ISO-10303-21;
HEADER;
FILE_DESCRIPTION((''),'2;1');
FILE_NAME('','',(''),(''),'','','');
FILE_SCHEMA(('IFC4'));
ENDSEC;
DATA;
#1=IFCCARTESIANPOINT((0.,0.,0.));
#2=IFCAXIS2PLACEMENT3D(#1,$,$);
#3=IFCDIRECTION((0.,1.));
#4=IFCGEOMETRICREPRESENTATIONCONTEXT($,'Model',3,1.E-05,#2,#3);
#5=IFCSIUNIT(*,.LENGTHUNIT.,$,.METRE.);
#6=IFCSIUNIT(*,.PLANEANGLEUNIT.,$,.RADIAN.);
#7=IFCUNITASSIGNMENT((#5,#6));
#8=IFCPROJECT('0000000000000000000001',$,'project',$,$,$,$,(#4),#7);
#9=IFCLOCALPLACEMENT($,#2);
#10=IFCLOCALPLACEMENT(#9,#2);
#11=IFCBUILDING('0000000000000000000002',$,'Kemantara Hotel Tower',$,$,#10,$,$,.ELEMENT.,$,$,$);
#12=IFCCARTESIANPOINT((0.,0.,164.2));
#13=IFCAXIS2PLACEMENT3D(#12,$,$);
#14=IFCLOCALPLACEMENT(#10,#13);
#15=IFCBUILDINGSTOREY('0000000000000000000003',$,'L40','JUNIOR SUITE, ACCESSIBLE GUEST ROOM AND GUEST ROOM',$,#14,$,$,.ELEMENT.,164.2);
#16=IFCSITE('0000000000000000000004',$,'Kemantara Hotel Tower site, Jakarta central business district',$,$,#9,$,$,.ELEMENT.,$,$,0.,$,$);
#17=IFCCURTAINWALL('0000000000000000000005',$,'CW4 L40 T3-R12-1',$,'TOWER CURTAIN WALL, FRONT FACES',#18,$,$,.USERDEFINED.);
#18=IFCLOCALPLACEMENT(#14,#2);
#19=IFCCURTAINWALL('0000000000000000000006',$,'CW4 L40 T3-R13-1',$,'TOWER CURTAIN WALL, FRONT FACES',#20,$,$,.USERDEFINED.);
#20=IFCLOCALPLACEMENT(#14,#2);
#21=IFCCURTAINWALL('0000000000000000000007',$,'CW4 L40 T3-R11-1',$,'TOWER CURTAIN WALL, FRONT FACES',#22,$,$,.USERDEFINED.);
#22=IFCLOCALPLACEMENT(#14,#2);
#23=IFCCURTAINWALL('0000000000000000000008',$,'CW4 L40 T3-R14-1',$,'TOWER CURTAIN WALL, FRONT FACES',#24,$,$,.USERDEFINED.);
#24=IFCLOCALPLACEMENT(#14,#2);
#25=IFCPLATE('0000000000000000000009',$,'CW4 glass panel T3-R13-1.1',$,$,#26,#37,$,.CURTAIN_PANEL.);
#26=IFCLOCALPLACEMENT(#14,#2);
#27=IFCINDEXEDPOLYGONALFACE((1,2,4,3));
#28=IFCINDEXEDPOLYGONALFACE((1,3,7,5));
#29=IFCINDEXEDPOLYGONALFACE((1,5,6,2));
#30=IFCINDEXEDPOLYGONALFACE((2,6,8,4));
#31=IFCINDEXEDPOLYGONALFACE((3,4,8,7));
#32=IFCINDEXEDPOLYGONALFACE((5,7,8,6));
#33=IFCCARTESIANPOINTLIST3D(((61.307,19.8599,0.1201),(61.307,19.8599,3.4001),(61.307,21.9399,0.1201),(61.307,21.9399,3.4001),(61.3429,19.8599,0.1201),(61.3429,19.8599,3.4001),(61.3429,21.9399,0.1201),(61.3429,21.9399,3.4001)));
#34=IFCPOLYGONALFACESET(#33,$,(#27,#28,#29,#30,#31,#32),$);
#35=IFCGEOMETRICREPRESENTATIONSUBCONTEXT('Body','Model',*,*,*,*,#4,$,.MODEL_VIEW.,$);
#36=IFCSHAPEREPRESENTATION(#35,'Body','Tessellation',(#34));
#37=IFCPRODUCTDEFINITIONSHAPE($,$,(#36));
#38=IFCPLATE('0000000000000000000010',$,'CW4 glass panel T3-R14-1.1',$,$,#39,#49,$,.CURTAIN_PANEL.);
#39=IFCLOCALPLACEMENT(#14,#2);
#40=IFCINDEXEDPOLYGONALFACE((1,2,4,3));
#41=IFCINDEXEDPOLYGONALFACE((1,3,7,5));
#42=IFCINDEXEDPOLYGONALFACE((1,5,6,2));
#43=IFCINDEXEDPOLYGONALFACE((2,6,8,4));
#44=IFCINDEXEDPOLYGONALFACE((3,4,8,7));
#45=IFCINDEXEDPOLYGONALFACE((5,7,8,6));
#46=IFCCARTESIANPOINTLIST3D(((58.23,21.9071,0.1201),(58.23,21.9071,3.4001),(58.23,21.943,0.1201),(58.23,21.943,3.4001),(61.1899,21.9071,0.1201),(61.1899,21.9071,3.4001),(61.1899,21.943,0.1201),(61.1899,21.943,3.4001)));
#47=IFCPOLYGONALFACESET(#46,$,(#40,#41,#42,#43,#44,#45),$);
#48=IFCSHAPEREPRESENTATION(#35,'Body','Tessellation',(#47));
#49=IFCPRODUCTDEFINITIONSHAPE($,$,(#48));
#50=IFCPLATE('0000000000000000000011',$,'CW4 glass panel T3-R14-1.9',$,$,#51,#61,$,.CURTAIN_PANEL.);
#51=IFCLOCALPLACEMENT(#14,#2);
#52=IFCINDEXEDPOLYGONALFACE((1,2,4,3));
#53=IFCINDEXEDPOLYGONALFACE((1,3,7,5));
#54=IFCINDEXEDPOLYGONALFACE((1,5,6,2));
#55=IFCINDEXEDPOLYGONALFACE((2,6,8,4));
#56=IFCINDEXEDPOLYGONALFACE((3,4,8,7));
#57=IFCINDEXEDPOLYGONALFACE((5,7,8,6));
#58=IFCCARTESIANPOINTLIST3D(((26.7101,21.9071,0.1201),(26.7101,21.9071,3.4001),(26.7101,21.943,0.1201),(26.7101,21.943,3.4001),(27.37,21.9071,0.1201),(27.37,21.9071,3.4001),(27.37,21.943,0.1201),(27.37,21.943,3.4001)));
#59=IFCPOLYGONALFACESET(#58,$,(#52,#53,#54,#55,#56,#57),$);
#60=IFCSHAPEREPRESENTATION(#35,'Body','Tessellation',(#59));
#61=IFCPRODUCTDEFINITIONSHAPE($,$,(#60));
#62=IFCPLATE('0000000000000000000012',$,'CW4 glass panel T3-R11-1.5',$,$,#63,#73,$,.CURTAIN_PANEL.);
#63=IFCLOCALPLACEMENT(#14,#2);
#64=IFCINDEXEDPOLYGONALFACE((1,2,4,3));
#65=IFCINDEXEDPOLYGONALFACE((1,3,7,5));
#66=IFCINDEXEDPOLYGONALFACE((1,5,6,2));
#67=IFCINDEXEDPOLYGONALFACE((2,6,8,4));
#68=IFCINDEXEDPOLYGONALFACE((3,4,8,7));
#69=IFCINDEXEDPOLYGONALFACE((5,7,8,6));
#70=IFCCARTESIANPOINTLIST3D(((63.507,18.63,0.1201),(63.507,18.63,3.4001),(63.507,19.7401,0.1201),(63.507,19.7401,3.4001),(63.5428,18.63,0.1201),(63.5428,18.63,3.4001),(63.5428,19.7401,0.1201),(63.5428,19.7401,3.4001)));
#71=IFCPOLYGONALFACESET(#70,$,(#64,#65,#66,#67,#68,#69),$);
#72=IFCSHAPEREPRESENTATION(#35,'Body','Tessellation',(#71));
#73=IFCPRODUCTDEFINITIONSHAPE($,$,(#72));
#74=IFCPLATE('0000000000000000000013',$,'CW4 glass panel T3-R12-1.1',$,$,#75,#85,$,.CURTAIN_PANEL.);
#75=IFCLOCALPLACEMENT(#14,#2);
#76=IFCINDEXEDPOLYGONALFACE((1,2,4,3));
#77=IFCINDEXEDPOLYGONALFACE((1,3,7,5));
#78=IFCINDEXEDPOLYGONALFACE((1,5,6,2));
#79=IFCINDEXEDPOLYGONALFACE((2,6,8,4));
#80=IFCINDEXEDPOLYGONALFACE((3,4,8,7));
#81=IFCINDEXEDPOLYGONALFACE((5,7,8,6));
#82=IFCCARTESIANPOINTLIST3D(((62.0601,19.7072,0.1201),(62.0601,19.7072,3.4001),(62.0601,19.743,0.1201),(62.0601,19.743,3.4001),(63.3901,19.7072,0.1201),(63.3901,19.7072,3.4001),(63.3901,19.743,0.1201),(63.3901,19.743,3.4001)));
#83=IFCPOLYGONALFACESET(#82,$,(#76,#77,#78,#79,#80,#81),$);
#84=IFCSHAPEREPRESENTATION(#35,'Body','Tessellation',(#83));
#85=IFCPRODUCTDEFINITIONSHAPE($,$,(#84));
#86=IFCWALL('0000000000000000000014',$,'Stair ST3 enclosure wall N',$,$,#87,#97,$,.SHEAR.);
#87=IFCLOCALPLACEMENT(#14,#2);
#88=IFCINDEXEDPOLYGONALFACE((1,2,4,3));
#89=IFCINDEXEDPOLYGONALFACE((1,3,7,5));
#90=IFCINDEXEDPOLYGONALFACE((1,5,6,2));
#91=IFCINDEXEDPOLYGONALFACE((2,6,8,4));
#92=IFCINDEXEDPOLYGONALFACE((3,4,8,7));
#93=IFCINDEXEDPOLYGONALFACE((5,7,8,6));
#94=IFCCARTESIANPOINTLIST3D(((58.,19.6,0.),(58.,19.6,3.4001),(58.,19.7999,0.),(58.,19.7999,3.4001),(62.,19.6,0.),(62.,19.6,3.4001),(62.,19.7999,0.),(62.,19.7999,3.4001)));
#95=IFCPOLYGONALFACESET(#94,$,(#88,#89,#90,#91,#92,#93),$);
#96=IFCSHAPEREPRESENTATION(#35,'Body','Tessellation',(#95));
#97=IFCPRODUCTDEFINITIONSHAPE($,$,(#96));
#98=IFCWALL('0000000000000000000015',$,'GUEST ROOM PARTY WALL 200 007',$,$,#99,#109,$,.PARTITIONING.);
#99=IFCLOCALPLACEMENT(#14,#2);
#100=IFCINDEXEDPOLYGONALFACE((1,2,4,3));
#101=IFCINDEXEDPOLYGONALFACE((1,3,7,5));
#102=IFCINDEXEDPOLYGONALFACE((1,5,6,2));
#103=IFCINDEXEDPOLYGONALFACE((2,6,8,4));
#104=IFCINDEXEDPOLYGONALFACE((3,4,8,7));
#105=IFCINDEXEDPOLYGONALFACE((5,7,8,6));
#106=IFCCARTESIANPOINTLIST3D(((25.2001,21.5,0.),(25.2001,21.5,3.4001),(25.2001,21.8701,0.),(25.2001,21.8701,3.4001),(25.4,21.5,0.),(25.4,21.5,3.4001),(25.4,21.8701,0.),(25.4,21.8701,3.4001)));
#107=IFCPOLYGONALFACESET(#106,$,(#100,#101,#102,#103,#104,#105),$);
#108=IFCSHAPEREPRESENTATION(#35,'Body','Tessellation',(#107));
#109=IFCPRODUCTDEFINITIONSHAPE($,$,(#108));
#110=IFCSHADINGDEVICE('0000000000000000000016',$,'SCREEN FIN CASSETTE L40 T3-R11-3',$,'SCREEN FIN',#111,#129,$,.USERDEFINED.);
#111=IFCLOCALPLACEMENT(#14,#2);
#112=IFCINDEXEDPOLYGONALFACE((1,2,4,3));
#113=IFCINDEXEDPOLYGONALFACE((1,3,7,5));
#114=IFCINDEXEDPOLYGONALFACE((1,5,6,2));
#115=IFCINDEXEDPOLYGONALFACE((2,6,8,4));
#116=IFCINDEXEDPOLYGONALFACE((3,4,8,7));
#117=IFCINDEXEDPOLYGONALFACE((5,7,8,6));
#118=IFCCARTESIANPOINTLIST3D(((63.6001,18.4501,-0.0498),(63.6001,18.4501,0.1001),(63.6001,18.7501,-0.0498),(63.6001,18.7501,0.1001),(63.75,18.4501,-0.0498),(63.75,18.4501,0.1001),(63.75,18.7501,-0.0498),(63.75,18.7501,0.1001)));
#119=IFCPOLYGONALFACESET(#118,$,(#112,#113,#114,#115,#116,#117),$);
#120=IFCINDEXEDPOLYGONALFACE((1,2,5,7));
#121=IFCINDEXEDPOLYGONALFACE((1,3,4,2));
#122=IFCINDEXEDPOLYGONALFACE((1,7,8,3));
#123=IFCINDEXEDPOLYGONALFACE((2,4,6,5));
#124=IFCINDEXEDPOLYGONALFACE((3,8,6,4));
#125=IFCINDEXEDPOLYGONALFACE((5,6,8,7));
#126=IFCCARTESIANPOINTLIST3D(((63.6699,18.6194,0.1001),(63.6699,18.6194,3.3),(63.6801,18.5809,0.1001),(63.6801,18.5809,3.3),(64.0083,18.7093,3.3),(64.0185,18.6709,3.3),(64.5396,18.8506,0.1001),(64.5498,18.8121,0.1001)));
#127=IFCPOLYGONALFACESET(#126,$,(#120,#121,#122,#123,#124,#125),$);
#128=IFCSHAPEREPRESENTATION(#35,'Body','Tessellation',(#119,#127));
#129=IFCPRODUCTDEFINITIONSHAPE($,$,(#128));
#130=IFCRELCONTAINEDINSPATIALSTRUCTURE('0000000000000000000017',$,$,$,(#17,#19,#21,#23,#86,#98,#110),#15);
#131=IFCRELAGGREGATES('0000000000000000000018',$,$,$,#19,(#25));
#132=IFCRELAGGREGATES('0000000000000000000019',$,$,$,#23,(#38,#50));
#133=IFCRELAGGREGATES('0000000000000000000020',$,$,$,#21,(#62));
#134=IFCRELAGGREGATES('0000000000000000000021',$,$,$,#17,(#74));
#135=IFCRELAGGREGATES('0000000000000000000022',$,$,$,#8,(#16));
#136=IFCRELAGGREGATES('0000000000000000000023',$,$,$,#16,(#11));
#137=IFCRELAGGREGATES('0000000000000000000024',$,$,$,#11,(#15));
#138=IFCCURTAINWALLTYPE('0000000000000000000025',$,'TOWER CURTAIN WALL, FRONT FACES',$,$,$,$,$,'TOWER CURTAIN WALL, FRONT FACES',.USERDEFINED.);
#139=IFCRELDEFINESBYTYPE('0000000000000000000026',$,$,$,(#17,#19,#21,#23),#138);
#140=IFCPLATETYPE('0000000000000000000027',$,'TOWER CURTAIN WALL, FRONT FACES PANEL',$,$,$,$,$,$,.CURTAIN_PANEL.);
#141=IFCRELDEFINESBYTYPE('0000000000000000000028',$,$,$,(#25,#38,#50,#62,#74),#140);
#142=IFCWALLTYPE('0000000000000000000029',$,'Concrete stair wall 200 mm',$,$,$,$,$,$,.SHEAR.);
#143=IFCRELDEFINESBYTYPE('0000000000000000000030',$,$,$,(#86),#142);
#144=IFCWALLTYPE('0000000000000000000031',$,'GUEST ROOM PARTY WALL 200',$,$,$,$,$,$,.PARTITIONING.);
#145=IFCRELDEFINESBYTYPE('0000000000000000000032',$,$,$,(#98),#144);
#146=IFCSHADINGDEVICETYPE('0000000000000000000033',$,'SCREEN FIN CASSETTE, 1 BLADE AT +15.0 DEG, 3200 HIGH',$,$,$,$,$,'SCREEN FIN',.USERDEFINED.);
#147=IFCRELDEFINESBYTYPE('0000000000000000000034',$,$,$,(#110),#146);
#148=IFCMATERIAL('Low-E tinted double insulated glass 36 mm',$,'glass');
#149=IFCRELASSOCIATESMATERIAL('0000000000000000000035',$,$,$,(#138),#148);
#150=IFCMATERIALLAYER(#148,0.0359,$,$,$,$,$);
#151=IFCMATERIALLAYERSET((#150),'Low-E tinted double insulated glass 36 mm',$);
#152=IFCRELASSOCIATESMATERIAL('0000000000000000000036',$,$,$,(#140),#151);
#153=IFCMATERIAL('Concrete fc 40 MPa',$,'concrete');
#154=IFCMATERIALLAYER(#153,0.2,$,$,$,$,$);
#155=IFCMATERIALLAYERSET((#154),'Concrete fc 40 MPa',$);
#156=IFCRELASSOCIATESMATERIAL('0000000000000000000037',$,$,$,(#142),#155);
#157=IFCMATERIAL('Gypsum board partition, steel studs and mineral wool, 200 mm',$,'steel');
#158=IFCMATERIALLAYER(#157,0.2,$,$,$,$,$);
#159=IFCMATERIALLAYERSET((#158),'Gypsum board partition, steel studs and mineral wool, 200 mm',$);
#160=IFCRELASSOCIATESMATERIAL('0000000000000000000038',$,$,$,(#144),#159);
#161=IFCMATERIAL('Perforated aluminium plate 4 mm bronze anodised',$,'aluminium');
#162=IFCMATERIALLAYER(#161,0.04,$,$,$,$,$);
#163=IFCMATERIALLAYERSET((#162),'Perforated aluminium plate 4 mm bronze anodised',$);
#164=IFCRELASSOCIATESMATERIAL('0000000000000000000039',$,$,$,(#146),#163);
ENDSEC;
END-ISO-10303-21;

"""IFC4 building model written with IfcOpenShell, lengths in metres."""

from ifc_helpers import new_model, si_unit, direction, frame, frame_2d, origin, origin_2d, place, context, subcontext, project, spatial, polyline, rectangle, outline, extrude, source, transform, mapped, material, layer, layer_set, type_object, element, aggregate, save


model = new_model("IFC4")

# Units and contexts
model_context = context("Model", 3, precision=1e-05, world=origin(), true_north=direction((0.0, 1.0)))
body_context = subcontext(model_context, "Body", "Model", "MODEL_VIEW")
ifc_project = project(units=[si_unit("LENGTHUNIT", "METRE"), si_unit("PLANEANGLEUNIT", "RADIAN")], contexts=[model_context])

# Site, building, storey
site_placement = place(None, origin())
site = spatial("IfcSite", under=ifc_project, at=site_placement, Name="Kemantara Hotel Tower site, Jakarta central business district", CompositionType="ELEMENT", RefElevation=0.0)
building_placement = place(site_placement, origin())
building = spatial("IfcBuilding", under=site, at=building_placement, Name="Kemantara Hotel Tower", CompositionType="ELEMENT")
storey_placement = place(building_placement, frame((0.0, 0.0, 164.2)))
storey = spatial("IfcBuildingStorey", under=building, at=storey_placement, Name="L40", Description="JUNIOR SUITE, ACCESSIBLE GUEST ROOM AND GUEST ROOM", CompositionType="ELEMENT", Elevation=164.2)

# Curtain walls
ifc_material_1 = material(Name="Low-E tinted double insulated glass 36 mm", Category="glass")
curtain_wall_type = type_object("IfcCurtainWallType", Name="TOWER CURTAIN WALL, FRONT FACES", ElementType="TOWER CURTAIN WALL, FRONT FACES", PredefinedType="USERDEFINED", material=ifc_material_1)
curtain_wall_1_placement = place(storey_placement, origin())
curtain_wall_1 = element("IfcCurtainWall", 1, at=curtain_wall_1_placement, inside=storey, type_object=curtain_wall_type, Name="CW4 L40 T3-R12-1", ObjectType="TOWER CURTAIN WALL, FRONT FACES", PredefinedType="USERDEFINED")
curtain_wall_2_placement = place(storey_placement, origin())
curtain_wall_2 = element("IfcCurtainWall", 2, at=curtain_wall_2_placement, inside=storey, type_object=curtain_wall_type, Name="CW4 L40 T3-R13-1", ObjectType="TOWER CURTAIN WALL, FRONT FACES", PredefinedType="USERDEFINED")

# Curtain walls
curtain_wall_3_placement = place(storey_placement, origin())
curtain_wall_3 = element("IfcCurtainWall", 3, at=curtain_wall_3_placement, inside=storey, type_object=curtain_wall_type, Name="CW4 L40 T3-R11-1", ObjectType="TOWER CURTAIN WALL, FRONT FACES", PredefinedType="USERDEFINED")
curtain_wall_4_placement = place(storey_placement, origin())
curtain_wall_4 = element("IfcCurtainWall", 4, at=curtain_wall_4_placement, inside=storey, type_object=curtain_wall_type, Name="CW4 L40 T3-R14-1", ObjectType="TOWER CURTAIN WALL, FRONT FACES", PredefinedType="USERDEFINED")

# Plates
ifc_layer_1 = layer(ifc_material_1, 0.0359)
ifc_layer_set_1 = layer_set([ifc_layer_1], Name="Low-E tinted double insulated glass 36 mm")
plate_type = type_object("IfcPlateType", Name="TOWER CURTAIN WALL, FRONT FACES PANEL", PredefinedType="CURTAIN_PANEL", material=ifc_layer_set_1)
shared_shape_1 = source(origin(), body_context, "Body", "SweptSolid", [
    extrude(rectangle(XDim=2.0801, YDim=0.0359, at=origin_2d()), origin(), (0.0, 0.0, 1.0), 3.28),
])
plate_1_placement = place(storey_placement, frame((61.325, 20.8999, 0.1201), z_axis=(0.0, 0.0, 1.0), x_axis=(0.0, 1.0, 0.0)))
plate_1 = element("IfcPlate", 5, at=plate_1_placement, type_object=plate_type, Name="CW4 glass panel T3-R13-1.1", PredefinedType="CURTAIN_PANEL", context=body_context, shape_type="MappedRepresentation", body=[
    mapped(shared_shape_1, transform((0.0, 0.0, 0.0))),
])
aggregate(curtain_wall_2, [plate_1])
shared_shape_2 = source(origin(), body_context, "Body", "SweptSolid", [
    extrude(rectangle(XDim=2.96, YDim=0.0359, at=origin_2d()), origin(), (0.0, 0.0, 1.0), 3.28),
])
plate_2_placement = place(storey_placement, frame((59.71, 21.925, 0.1201), z_axis=(0.0, 0.0, 1.0), x_axis=(-1.0, 0.0, 0.0)))
plate_2 = element("IfcPlate", 6, at=plate_2_placement, type_object=plate_type, Name="CW4 glass panel T3-R14-1.1", PredefinedType="CURTAIN_PANEL", context=body_context, shape_type="MappedRepresentation", body=[
    mapped(shared_shape_2, transform((0.0, 0.0, 0.0))),
])
shared_shape_3 = source(origin(), body_context, "Body", "SweptSolid", [
    extrude(rectangle(XDim=0.6599, YDim=0.0359, at=origin_2d()), origin(), (0.0, 0.0, 1.0), 3.28),
])
plate_3_placement = place(storey_placement, frame((27.04, 21.925, 0.1201), z_axis=(0.0, 0.0, 1.0), x_axis=(-1.0, 0.0, 0.0)))
plate_3 = element("IfcPlate", 7, at=plate_3_placement, type_object=plate_type, Name="CW4 glass panel T3-R14-1.9", PredefinedType="CURTAIN_PANEL", context=body_context, shape_type="MappedRepresentation", body=[
    mapped(shared_shape_3, transform((0.0, 0.0, 0.0))),
])
aggregate(curtain_wall_4, [plate_2, plate_3])
shared_shape_4 = source(origin(), body_context, "Body", "SweptSolid", [
    extrude(rectangle(XDim=1.1101, YDim=0.0359, at=origin_2d()), origin(), (0.0, 0.0, 1.0), 3.28),
])
plate_4_placement = place(storey_placement, frame((63.5249, 19.1851, 0.1201), z_axis=(0.0, 0.0, 1.0), x_axis=(0.0, 1.0, 0.0)))
plate_4 = element("IfcPlate", 8, at=plate_4_placement, type_object=plate_type, Name="CW4 glass panel T3-R11-1.5", PredefinedType="CURTAIN_PANEL", context=body_context, shape_type="MappedRepresentation", body=[
    mapped(shared_shape_4, transform((0.0, 0.0, 0.0))),
])
aggregate(curtain_wall_3, [plate_4])
shared_shape_5 = source(origin(), body_context, "Body", "SweptSolid", [
    extrude(rectangle(XDim=1.3301, YDim=0.0359, at=origin_2d()), origin(), (0.0, 0.0, 1.0), 3.28),
])
plate_5_placement = place(storey_placement, frame((62.7251, 19.7251, 0.1201), z_axis=(0.0, 0.0, 1.0), x_axis=(-1.0, 0.0, 0.0)))
plate_5 = element("IfcPlate", 9, at=plate_5_placement, type_object=plate_type, Name="CW4 glass panel T3-R12-1.1", PredefinedType="CURTAIN_PANEL", context=body_context, shape_type="MappedRepresentation", body=[
    mapped(shared_shape_5, transform((0.0, 0.0, 0.0))),
])
aggregate(curtain_wall_1, [plate_5])

# Walls
ifc_material_2 = material(Name="Concrete fc 40 MPa", Category="concrete")
ifc_layer_2 = layer(ifc_material_2, 0.2)
ifc_layer_set_2 = layer_set([ifc_layer_2], Name="Concrete fc 40 MPa")
wall_type_1 = type_object("IfcWallType", Name="Concrete stair wall 200 mm", PredefinedType="SHEAR", material=ifc_layer_set_2)
wall_1_placement = place(storey_placement, frame((58.0, 19.7, 0.0), z_axis=(0.0, 0.0, 1.0), x_axis=(1.0, 0.0, 0.0)))
element("IfcWall", 10, at=wall_1_placement, inside=storey, type_object=wall_type_1, Name="Stair ST3 enclosure wall N", PredefinedType="SHEAR", context=body_context, shape_type="SweptSolid", body=[
    extrude(rectangle(XDim=4.0, YDim=0.2, at=frame_2d((2.0, 0.0))), origin(), (0.0, 0.0, 1.0), 3.4001),
])
ifc_material_3 = material(Name="Gypsum board partition, steel studs and mineral wool, 200 mm", Category="steel")
ifc_layer_3 = layer(ifc_material_3, 0.2)
ifc_layer_set_3 = layer_set([ifc_layer_3], Name="Gypsum board partition, steel studs and mineral wool, 200 mm")
wall_type_2 = type_object("IfcWallType", Name="GUEST ROOM PARTY WALL 200", PredefinedType="PARTITIONING", material=ifc_layer_set_3)
wall_2_placement = place(storey_placement, frame((25.3, 21.5, 0.0), z_axis=(0.0, 0.0, 1.0), x_axis=(0.0, 1.0, 0.0)))
element("IfcWall", 11, at=wall_2_placement, inside=storey, type_object=wall_type_2, Name="GUEST ROOM PARTY WALL 200 007", PredefinedType="PARTITIONING", context=body_context, shape_type="SweptSolid", body=[
    extrude(rectangle(XDim=0.3701, YDim=0.2, at=frame_2d((0.1851, 0.0))), origin(), (0.0, 0.0, 1.0), 3.4001),
])

# Shading device
ifc_material_4 = material(Name="Perforated aluminium plate 4 mm bronze anodised", Category="aluminium")
ifc_layer_4 = layer(ifc_material_4, 0.04)
ifc_layer_set_4 = layer_set([ifc_layer_4], Name="Perforated aluminium plate 4 mm bronze anodised")
shading_device_type = type_object("IfcShadingDeviceType", Name="SCREEN FIN CASSETTE, 1 BLADE AT +15.0 DEG, 3200 HIGH", ElementType="SCREEN FIN", PredefinedType="USERDEFINED", material=ifc_layer_set_4)
shared_shape_6 = source(origin(), body_context, "Body", "SweptSolid", [
    extrude(rectangle(XDim=0.3, YDim=0.1499, at=origin_2d()), frame((0.0, -0.075, -0.1499), z_axis=(0.0, 0.0, 1.0), x_axis=(1.0, 0.0, 0.0)), (0.0, 0.0, 1.0), 0.1499),
    extrude(outline(polyline([(0.0, 0.0), (0.8999, 0.0), (0.3501, 3.2), (0.0, 3.2), (0.0, 0.0)])), frame((0.0193, -0.0698, 0.0), z_axis=(-0.966438, -0.256901, 0.0), x_axis=(0.256901, -0.966438, 0.0)), (0.0, 0.0, 1.0), 0.0398),
])
shading_device_placement = place(storey_placement, frame((63.6001, 18.6001, 0.1001), z_axis=(0.0, 0.0, 1.0), x_axis=(0.0, 1.0, 0.0)))
element("IfcShadingDevice", 12, at=shading_device_placement, inside=storey, type_object=shading_device_type, Name="SCREEN FIN CASSETTE L40 T3-R11-3", ObjectType="SCREEN FIN", PredefinedType="USERDEFINED", context=body_context, shape_type="MappedRepresentation", body=[
    mapped(shared_shape_6, transform((0.0, 0.0, 0.0))),
])

save(model, "model.ifc")
